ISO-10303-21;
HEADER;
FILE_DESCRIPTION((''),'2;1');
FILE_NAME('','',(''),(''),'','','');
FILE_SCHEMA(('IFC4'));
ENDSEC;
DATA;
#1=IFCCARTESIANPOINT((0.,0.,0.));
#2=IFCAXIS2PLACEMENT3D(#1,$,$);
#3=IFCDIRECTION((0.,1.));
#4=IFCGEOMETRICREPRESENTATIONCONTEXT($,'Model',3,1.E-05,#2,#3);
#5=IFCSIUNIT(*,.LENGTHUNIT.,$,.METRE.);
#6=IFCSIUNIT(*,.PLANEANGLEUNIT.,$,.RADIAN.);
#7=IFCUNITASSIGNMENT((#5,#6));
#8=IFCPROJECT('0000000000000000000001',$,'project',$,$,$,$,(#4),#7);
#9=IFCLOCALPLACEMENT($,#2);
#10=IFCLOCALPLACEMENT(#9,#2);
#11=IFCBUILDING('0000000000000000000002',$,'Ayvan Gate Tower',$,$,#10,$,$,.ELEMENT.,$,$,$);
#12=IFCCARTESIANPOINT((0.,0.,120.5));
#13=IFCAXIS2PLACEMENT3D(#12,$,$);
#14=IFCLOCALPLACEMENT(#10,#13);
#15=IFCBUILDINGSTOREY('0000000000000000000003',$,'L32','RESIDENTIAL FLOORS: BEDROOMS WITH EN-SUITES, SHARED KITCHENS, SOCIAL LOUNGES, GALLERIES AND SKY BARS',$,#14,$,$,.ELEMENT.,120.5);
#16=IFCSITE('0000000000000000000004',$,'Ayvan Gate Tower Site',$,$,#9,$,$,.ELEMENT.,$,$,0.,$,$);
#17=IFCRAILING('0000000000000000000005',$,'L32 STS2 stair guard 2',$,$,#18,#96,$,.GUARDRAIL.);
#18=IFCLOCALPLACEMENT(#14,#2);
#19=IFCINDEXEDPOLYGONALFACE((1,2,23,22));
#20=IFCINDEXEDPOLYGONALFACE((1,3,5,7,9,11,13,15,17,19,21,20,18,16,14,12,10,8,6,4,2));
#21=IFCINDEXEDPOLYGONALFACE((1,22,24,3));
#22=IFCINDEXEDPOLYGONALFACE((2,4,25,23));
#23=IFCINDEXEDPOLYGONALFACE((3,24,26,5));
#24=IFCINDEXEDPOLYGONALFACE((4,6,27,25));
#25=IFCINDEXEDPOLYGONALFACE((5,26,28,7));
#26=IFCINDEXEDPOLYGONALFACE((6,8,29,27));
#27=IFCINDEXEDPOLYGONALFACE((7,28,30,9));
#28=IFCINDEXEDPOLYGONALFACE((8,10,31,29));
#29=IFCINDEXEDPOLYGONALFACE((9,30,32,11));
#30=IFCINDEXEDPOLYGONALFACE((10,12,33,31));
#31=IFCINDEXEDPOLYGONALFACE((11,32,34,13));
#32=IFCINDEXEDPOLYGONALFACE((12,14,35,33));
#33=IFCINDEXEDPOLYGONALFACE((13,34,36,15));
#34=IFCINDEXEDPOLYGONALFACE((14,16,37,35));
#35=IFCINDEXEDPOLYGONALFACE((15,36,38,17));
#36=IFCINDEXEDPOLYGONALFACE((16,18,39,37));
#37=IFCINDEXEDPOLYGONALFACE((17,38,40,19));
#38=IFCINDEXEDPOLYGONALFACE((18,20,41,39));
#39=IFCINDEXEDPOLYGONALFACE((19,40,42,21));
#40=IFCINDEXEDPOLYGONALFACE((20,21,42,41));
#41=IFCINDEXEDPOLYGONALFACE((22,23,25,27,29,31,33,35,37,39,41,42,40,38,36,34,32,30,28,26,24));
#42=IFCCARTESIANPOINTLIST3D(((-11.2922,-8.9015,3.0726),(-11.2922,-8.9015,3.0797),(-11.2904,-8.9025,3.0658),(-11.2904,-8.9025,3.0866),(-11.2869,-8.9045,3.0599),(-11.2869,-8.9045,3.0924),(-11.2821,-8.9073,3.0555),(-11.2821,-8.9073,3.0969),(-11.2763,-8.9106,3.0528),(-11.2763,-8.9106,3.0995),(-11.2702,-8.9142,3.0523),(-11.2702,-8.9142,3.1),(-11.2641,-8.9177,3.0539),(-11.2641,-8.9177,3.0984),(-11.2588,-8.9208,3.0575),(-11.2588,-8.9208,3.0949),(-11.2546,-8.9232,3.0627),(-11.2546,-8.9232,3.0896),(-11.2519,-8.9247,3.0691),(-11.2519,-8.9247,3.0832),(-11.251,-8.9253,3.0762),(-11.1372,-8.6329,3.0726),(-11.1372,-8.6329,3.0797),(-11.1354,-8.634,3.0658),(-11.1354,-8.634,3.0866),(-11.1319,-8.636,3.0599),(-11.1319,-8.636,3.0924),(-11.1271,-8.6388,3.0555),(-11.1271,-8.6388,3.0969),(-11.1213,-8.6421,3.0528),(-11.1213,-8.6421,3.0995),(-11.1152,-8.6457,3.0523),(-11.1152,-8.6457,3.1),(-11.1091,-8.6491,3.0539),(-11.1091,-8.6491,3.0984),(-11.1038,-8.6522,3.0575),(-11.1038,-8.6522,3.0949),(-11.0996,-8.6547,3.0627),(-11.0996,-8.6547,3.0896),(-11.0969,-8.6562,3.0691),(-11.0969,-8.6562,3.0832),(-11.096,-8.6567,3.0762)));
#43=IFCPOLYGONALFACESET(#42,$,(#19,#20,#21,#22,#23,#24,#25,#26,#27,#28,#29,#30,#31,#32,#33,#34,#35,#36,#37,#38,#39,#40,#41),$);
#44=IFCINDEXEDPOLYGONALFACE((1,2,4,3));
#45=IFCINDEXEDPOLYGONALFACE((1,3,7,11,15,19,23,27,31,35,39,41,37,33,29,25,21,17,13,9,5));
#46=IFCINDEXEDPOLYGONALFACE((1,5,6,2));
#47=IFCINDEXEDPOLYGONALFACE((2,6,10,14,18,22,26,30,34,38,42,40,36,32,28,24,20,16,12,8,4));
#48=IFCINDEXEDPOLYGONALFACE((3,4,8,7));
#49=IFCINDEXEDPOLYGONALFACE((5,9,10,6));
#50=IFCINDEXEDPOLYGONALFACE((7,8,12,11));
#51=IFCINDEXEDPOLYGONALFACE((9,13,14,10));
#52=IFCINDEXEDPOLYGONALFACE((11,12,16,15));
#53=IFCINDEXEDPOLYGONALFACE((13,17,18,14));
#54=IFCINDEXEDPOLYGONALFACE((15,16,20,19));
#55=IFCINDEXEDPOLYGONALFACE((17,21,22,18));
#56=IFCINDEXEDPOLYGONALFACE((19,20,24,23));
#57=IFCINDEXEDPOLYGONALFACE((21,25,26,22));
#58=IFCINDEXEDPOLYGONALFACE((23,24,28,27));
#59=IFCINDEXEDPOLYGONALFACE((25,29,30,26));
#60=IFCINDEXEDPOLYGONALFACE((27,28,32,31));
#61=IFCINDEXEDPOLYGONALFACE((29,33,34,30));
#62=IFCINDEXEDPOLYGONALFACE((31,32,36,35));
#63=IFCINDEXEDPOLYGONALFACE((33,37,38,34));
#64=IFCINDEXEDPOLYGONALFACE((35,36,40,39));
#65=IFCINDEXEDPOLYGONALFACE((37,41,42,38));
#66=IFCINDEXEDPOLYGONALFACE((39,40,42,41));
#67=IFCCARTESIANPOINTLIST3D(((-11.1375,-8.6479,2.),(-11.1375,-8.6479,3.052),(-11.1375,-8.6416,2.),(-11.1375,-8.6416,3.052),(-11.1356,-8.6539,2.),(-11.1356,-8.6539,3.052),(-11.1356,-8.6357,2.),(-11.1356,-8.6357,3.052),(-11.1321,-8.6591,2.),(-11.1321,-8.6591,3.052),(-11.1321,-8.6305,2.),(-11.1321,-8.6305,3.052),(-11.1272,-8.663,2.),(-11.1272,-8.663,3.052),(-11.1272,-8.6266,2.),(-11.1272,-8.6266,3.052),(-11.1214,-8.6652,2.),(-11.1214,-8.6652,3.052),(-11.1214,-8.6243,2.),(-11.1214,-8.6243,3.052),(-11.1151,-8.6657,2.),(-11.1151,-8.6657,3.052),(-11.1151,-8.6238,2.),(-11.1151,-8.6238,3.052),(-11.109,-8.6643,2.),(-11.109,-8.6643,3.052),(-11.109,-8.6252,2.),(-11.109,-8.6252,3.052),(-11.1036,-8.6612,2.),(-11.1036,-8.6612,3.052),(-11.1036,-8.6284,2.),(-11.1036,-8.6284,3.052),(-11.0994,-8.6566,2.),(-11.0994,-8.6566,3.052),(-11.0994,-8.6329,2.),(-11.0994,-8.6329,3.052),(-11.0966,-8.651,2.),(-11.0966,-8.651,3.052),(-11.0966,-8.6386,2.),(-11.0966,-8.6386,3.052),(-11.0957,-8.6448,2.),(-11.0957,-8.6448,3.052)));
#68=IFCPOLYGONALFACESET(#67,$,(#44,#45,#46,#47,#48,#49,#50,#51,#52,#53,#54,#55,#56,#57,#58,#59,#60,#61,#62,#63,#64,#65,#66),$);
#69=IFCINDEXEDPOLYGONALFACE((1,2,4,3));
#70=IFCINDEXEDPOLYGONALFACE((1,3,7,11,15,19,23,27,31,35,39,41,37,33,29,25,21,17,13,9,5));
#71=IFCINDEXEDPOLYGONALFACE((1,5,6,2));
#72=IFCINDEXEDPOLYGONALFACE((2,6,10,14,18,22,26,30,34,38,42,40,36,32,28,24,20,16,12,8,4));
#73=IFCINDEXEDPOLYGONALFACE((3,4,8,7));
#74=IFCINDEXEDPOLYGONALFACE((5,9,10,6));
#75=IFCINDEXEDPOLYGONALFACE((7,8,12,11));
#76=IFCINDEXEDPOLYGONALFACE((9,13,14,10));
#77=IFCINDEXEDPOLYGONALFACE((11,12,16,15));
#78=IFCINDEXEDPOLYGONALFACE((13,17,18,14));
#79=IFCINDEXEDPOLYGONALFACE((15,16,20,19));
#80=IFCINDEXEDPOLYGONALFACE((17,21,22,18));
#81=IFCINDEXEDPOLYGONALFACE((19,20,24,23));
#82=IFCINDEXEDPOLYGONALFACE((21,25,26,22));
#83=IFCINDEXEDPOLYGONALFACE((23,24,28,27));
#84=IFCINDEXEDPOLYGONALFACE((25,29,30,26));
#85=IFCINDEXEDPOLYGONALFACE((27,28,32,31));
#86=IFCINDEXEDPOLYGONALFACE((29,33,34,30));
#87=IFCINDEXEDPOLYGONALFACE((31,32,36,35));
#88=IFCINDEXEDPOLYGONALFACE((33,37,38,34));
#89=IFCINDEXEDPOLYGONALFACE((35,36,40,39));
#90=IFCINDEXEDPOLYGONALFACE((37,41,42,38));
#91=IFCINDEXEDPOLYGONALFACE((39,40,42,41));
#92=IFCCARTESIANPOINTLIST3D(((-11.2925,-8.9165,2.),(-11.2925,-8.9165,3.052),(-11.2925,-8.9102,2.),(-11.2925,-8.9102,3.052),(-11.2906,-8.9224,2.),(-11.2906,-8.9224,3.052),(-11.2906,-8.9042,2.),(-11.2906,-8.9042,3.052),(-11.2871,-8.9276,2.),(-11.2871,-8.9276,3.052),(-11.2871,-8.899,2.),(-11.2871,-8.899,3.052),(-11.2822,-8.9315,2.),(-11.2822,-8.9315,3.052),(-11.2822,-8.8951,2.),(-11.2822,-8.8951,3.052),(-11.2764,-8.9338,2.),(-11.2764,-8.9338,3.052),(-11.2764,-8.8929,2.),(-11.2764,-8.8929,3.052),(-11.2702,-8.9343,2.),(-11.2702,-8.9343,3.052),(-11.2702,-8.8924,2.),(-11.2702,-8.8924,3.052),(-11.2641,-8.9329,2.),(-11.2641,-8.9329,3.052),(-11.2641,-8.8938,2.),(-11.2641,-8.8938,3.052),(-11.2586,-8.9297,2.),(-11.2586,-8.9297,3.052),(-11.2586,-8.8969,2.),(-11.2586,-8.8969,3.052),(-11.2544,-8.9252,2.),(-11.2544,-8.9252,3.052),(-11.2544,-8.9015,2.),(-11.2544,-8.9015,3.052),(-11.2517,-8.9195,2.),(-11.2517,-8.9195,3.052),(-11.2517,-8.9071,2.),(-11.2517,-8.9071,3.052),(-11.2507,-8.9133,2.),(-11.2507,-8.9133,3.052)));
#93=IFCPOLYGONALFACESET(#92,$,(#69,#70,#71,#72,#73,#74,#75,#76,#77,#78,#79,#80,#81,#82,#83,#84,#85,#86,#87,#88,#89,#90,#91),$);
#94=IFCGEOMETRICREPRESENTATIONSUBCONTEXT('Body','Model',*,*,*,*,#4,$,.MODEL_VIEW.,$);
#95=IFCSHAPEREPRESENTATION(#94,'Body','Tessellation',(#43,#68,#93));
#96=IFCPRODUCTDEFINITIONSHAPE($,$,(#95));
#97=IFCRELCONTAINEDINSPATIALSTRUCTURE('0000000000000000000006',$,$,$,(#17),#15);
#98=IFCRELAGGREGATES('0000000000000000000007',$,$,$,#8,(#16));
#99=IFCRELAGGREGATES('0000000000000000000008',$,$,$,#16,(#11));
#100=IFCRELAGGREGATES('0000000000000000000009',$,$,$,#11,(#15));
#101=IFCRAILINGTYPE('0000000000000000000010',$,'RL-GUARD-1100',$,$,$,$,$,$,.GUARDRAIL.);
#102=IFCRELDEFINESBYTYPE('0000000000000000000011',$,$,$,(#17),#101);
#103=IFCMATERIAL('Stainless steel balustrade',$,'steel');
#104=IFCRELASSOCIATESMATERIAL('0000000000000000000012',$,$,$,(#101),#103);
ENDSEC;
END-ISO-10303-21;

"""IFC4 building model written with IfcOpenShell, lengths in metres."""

from ifc_helpers import new_model, si_unit, direction, frame, origin, origin_2d, place, context, subcontext, project, spatial, circle, extrude, material, type_object, element, save


model = new_model("IFC4")

# Units and contexts
model_context = context("Model", 3, precision=1e-05, world=origin(), true_north=direction((0.0, 1.0)))
body_context = subcontext(model_context, "Body", "Model", "MODEL_VIEW")
ifc_project = project(units=[si_unit("LENGTHUNIT", "METRE"), si_unit("PLANEANGLEUNIT", "RADIAN")], contexts=[model_context])

# Site, building, storey
site_placement = place(None, origin())
site = spatial("IfcSite", under=ifc_project, at=site_placement, Name="Ayvan Gate Tower Site", CompositionType="ELEMENT", RefElevation=0.0)
building_placement = place(site_placement, origin())
building = spatial("IfcBuilding", under=site, at=building_placement, Name="Ayvan Gate Tower", CompositionType="ELEMENT")
storey_placement = place(building_placement, frame((0.0, 0.0, 120.5)))
storey = spatial("IfcBuildingStorey", under=building, at=storey_placement, Name="L32", Description="RESIDENTIAL FLOORS: BEDROOMS WITH EN-SUITES, SHARED KITCHENS, SOCIAL LOUNGES, GALLERIES AND SKY BARS", CompositionType="ELEMENT", Elevation=120.5)

# Railing
ifc_material_1 = material(Name="Stainless steel balustrade", Category="steel")
railing_type_1 = type_object("IfcRailingType", Name="RL-GUARD-1100", PredefinedType="GUARDRAIL", material=ifc_material_1)
railing_1_placement = place(storey_placement, frame((-11.1167, -8.6448, 2.0)))
element("IfcRailing", 1, at=railing_1_placement, inside=storey, type_object=railing_type_1, Name="L32 STS2 stair guard 2", PredefinedType="GUARDRAIL", context=body_context, shape_type="SweptSolid", body=[
    extrude(circle(Radius=0.0239, at=origin_2d()), frame((0.0, 0.0, 1.0762), z_axis=(-0.49995, -0.866054, 0.0), x_axis=(0.866054, -0.49995, 0.0)), (0.0, 0.0, 1.0), 0.3101),
    extrude(circle(Radius=0.021, at=origin_2d()), origin(), (0.0, 0.0, 1.0), 1.052),
    extrude(circle(Radius=0.021, at=origin_2d()), frame((-0.155, -0.2686, 0.0)), (0.0, 0.0, 1.0), 1.052),
])

save(model, "model.ifc")
